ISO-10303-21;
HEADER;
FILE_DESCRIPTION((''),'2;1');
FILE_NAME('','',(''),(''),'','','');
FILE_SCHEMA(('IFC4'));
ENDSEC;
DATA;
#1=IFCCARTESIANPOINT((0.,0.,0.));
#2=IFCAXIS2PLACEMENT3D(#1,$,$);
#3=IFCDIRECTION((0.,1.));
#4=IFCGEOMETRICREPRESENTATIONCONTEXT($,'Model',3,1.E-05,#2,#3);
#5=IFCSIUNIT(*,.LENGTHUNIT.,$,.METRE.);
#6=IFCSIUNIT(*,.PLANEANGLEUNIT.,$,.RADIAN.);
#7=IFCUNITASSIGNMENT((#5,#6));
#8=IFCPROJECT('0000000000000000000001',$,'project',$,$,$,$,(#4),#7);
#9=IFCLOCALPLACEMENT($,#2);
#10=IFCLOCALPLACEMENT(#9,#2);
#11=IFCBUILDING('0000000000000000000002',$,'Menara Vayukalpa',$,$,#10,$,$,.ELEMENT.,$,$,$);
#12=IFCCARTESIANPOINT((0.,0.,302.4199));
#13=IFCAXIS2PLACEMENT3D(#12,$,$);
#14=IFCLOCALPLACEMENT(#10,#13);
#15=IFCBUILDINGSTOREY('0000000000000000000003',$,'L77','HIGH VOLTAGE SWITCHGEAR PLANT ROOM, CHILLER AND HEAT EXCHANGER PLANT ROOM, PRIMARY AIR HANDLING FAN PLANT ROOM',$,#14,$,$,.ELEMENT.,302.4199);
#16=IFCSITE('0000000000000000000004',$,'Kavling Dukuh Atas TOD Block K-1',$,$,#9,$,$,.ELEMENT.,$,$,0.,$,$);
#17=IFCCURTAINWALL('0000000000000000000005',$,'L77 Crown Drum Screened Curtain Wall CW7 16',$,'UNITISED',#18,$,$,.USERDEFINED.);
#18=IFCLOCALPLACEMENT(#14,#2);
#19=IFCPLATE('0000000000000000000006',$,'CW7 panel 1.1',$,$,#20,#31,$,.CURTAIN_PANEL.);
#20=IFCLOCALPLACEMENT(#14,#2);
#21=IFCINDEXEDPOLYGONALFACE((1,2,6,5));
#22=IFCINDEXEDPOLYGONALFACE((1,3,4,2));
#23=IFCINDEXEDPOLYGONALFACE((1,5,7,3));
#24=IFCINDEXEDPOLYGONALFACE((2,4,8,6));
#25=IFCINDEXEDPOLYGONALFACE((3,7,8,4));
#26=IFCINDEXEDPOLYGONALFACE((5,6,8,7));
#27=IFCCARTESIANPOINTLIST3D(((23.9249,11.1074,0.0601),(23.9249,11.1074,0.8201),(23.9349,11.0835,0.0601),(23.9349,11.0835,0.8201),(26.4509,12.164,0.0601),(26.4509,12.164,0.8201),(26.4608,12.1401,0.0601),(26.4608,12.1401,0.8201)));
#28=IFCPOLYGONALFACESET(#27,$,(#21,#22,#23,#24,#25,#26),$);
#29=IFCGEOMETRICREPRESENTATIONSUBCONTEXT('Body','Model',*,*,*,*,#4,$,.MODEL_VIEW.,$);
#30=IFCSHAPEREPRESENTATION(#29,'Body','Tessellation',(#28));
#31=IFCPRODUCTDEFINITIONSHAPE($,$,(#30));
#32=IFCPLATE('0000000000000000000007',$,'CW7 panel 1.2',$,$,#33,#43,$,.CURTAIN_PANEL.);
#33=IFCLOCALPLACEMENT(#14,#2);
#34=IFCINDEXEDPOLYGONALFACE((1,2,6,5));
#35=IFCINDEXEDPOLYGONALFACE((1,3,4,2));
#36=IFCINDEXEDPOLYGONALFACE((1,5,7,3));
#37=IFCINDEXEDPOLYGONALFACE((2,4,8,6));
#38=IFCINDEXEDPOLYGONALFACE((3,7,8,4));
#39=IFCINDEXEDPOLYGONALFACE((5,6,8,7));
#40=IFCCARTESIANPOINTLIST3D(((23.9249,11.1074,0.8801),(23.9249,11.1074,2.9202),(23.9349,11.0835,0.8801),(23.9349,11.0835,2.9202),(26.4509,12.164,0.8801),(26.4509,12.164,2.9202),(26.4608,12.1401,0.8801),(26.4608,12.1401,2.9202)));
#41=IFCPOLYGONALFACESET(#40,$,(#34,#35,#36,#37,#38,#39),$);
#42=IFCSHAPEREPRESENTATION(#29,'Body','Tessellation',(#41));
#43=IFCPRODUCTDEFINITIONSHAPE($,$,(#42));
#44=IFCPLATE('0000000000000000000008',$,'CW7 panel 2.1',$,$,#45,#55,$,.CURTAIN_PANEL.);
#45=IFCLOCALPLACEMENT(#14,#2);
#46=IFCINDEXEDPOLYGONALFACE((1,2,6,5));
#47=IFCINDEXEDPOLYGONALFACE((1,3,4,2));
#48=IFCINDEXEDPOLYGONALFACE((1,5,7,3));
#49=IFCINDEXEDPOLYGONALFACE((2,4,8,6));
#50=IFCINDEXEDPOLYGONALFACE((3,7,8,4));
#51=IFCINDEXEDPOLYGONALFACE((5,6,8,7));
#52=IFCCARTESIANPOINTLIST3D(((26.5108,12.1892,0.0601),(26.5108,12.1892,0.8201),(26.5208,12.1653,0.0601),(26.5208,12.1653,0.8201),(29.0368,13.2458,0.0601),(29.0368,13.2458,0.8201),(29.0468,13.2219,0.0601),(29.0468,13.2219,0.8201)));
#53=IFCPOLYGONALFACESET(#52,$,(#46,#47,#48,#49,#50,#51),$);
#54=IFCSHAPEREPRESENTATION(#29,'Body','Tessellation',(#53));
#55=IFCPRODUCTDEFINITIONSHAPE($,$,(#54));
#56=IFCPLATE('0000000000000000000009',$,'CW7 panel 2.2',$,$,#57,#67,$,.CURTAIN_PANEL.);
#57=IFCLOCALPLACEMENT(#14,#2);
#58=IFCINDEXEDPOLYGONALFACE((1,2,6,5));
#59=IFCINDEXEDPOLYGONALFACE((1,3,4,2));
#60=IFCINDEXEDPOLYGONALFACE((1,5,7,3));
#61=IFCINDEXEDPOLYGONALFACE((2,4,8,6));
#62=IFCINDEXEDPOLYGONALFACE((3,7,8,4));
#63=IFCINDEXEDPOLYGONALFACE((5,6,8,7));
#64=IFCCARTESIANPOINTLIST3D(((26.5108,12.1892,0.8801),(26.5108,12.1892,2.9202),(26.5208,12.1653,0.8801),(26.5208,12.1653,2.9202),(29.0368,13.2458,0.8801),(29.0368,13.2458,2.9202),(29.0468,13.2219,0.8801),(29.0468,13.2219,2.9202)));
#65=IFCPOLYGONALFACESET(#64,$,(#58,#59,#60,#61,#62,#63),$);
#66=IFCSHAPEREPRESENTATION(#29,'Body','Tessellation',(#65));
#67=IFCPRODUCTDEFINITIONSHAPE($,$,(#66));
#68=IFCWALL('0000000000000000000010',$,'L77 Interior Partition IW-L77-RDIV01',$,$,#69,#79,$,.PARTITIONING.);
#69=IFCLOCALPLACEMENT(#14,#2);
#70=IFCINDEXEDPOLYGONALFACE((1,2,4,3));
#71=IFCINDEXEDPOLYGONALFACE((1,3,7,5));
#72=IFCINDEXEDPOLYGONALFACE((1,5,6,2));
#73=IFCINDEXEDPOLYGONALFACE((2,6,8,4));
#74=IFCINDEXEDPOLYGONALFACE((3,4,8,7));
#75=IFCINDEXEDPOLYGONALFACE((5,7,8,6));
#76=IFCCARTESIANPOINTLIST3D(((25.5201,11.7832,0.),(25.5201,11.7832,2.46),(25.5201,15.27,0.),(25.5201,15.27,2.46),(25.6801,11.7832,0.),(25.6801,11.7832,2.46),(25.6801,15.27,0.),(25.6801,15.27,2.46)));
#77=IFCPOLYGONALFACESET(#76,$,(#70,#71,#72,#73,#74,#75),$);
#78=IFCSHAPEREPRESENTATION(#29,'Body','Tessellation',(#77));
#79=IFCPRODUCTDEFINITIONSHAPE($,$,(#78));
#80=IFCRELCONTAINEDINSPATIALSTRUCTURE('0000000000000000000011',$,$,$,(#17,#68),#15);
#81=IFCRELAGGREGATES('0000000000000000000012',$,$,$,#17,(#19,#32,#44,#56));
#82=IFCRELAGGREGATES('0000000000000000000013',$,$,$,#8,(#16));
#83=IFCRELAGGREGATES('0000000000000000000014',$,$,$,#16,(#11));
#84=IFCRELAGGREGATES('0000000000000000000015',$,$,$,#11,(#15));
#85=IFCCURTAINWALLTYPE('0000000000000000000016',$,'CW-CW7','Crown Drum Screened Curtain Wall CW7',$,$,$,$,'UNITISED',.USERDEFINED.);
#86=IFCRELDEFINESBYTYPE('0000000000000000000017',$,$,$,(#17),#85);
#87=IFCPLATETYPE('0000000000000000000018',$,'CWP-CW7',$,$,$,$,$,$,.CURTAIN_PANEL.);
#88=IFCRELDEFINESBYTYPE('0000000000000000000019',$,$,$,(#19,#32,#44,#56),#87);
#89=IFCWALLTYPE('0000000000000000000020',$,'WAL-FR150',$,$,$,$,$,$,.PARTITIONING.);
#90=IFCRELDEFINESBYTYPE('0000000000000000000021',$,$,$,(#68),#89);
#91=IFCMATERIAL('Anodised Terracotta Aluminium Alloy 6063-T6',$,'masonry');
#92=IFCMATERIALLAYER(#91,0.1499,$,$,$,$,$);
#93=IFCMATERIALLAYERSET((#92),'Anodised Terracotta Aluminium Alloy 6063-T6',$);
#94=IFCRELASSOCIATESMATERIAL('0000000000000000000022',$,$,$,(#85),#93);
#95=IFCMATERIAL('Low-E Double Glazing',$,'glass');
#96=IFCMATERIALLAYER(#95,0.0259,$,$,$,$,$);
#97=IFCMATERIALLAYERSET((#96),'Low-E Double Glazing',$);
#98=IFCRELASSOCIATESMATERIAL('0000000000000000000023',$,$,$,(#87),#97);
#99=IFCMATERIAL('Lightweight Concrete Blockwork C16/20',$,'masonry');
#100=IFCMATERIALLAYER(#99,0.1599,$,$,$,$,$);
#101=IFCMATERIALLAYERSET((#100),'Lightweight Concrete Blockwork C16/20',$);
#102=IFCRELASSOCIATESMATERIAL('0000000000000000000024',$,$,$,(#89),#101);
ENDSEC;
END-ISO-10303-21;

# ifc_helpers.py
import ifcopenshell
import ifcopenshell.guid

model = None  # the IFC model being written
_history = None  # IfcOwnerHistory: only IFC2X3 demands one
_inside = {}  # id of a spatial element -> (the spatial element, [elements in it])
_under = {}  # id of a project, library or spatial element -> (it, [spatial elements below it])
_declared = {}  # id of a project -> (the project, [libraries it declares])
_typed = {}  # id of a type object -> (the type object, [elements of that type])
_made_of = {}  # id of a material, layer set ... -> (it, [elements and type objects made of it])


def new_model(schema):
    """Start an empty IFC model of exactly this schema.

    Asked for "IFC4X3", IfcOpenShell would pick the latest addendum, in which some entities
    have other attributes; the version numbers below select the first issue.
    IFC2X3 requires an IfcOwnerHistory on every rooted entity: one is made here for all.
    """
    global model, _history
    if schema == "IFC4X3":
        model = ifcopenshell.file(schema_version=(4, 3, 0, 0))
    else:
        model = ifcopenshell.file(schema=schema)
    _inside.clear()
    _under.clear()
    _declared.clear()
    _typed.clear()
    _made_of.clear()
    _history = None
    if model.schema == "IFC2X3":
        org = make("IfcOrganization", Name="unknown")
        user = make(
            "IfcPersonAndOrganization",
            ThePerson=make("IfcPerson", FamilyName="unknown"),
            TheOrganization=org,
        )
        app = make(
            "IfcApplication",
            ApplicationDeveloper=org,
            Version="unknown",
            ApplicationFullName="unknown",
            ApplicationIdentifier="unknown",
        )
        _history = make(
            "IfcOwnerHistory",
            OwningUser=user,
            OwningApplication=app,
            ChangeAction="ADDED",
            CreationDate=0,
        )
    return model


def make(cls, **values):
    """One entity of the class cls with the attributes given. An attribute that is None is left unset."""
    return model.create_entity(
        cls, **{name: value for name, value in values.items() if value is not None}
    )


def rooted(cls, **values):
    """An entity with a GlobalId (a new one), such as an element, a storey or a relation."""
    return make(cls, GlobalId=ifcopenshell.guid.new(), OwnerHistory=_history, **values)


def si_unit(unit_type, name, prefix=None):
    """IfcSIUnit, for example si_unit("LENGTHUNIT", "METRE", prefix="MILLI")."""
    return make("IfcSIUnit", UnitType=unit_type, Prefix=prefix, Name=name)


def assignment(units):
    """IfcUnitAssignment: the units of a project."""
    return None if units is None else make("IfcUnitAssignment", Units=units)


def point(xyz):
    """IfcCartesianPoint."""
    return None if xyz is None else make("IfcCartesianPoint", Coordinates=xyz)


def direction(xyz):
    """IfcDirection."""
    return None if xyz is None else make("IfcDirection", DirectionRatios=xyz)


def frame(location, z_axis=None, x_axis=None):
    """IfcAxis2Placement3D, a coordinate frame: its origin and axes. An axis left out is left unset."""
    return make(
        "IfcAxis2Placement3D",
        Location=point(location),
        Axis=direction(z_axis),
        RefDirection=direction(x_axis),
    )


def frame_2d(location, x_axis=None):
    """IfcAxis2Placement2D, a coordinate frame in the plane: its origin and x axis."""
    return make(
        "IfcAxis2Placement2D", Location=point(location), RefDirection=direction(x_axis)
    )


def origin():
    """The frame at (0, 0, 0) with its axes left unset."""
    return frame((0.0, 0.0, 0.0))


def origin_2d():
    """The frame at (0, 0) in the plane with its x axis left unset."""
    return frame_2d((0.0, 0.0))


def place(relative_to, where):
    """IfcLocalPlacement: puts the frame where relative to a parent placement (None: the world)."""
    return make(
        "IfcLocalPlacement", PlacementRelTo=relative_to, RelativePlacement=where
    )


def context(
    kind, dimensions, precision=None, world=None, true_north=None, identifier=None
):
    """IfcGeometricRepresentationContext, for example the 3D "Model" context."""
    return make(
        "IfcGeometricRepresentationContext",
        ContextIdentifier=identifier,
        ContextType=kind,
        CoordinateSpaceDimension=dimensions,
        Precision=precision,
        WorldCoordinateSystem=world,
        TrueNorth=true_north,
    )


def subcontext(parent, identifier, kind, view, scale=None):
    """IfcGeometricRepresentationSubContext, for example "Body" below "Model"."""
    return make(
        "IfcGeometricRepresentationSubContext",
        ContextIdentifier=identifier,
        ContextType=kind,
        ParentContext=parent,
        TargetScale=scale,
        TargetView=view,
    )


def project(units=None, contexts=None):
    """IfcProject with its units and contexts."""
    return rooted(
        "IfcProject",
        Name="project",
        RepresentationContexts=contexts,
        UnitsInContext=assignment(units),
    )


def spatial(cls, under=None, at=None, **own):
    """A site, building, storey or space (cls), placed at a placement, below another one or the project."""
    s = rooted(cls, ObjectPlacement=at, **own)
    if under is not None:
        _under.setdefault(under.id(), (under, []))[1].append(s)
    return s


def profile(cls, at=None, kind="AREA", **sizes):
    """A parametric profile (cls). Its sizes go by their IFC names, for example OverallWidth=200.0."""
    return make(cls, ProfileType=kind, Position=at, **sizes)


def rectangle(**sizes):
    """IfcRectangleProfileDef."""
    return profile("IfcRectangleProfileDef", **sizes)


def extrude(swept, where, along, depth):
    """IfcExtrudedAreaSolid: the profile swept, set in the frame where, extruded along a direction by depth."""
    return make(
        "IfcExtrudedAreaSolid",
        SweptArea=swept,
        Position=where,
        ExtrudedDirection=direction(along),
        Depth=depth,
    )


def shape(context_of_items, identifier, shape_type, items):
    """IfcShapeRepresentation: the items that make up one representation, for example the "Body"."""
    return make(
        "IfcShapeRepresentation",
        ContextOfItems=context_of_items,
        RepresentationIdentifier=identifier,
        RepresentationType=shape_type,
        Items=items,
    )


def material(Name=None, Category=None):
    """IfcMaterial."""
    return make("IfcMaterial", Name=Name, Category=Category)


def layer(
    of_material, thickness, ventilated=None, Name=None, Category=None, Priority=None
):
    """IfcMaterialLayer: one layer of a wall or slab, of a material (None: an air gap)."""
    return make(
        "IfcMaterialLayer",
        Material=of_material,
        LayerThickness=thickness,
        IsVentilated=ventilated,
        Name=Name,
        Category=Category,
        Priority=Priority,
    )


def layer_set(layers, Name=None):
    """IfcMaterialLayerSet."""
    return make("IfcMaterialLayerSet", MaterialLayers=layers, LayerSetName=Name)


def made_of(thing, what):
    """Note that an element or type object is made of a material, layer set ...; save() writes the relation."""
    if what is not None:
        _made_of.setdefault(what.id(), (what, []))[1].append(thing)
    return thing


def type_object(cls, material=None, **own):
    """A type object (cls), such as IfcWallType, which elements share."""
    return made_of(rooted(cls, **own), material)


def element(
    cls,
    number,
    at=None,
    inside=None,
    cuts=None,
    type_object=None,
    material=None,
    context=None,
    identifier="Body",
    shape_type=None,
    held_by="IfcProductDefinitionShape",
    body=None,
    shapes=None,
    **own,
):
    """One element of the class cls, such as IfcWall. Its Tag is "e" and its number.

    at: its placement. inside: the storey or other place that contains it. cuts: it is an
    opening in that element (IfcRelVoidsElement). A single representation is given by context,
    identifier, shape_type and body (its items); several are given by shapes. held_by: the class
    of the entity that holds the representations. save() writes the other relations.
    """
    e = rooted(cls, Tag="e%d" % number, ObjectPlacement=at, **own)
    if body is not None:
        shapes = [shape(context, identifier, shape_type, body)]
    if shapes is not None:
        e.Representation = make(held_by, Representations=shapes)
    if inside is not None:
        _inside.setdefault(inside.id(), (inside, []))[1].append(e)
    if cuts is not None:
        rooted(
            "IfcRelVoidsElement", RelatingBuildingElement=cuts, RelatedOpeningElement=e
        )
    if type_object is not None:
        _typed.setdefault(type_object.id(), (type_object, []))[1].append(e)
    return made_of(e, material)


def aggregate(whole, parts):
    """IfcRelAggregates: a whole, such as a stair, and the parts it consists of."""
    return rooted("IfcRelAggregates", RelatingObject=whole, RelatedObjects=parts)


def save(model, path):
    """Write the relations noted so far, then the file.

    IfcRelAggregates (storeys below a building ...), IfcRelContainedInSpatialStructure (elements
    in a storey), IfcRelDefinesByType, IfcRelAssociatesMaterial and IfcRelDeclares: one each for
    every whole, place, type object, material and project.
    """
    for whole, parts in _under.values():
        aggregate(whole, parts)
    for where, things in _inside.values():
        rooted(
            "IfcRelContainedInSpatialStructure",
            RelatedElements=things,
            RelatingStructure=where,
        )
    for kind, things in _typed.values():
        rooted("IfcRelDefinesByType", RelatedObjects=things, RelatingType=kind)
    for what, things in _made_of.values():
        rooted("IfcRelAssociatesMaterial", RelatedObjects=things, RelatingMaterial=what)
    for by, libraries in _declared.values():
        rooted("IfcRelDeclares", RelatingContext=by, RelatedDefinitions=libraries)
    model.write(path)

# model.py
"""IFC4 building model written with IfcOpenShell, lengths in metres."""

from ifc_helpers import new_model, si_unit, direction, frame, frame_2d, origin, origin_2d, place, context, subcontext, project, spatial, rectangle, extrude, material, layer, layer_set, type_object, element, aggregate, save


model = new_model("IFC4")

# Units and contexts
model_context = context("Model", 3, precision=1e-05, world=origin(), true_north=direction((0.0, 1.0)))
body_context = subcontext(model_context, "Body", "Model", "MODEL_VIEW")
ifc_project = project(units=[si_unit("LENGTHUNIT", "METRE"), si_unit("PLANEANGLEUNIT", "RADIAN")], contexts=[model_context])

# Site, building, storey
site_placement = place(None, origin())
site = spatial("IfcSite", under=ifc_project, at=site_placement, Name="Kavling Dukuh Atas TOD Block K-1", CompositionType="ELEMENT", RefElevation=0.0)
building_placement = place(site_placement, origin())
building = spatial("IfcBuilding", under=site, at=building_placement, Name="Menara Vayukalpa", CompositionType="ELEMENT")
storey_placement = place(building_placement, frame((0.0, 0.0, 302.4199)))
storey = spatial("IfcBuildingStorey", under=building, at=storey_placement, Name="L77", Description="HIGH VOLTAGE SWITCHGEAR PLANT ROOM, CHILLER AND HEAT EXCHANGER PLANT ROOM, PRIMARY AIR HANDLING FAN PLANT ROOM", CompositionType="ELEMENT", Elevation=302.4199)

# Curtain wall
ifc_material_1 = material(Name="Anodised Terracotta Aluminium Alloy 6063-T6", Category="masonry")
ifc_layer_1 = layer(ifc_material_1, 0.1499)
ifc_layer_set_1 = layer_set([ifc_layer_1], Name="Anodised Terracotta Aluminium Alloy 6063-T6")
curtain_wall_type = type_object("IfcCurtainWallType", Name="CW-CW7", Description="Crown Drum Screened Curtain Wall CW7", ElementType="UNITISED", PredefinedType="USERDEFINED", material=ifc_layer_set_1)
curtain_wall_1_placement = place(storey_placement, origin())
curtain_wall_1 = element("IfcCurtainWall", 1, at=curtain_wall_1_placement, inside=storey, type_object=curtain_wall_type, Name="L77 Crown Drum Screened Curtain Wall CW7 16", ObjectType="UNITISED", PredefinedType="USERDEFINED")

# Plates
ifc_material_2 = material(Name="Low-E Double Glazing", Category="glass")
ifc_layer_2 = layer(ifc_material_2, 0.0259)
ifc_layer_set_2 = layer_set([ifc_layer_2], Name="Low-E Double Glazing")
plate_type = type_object("IfcPlateType", Name="CWP-CW7", PredefinedType="CURTAIN_PANEL", material=ifc_layer_set_2)
plate_1_placement = place(storey_placement, frame((25.1929, 11.6238, 0.0601), z_axis=(0.0, 0.0, 1.0), x_axis=(0.922541, 0.385898, 0.0)))
plate_1 = element("IfcPlate", 2, at=plate_1_placement, type_object=plate_type, Name="CW7 panel 1.1", PredefinedType="CURTAIN_PANEL", context=body_context, shape_type="SweptSolid", body=[
    extrude(rectangle(XDim=2.738, YDim=0.0259, at=origin_2d()), origin(), (0.0, 0.0, 1.0), 0.76),
])
plate_2_placement = place(storey_placement, frame((25.1929, 11.6238, 0.8801), z_axis=(0.0, 0.0, 1.0), x_axis=(0.922541, 0.385898, 0.0)))
plate_2 = element("IfcPlate", 3, at=plate_2_placement, type_object=plate_type, Name="CW7 panel 1.2", PredefinedType="CURTAIN_PANEL", context=body_context, shape_type="SweptSolid", body=[
    extrude(rectangle(XDim=2.738, YDim=0.0259, at=origin_2d()), origin(), (0.0, 0.0, 1.0), 2.04),
])
plate_3_placement = place(storey_placement, frame((27.7788, 12.7056, 0.0601), z_axis=(0.0, 0.0, 1.0), x_axis=(0.922541, 0.385898, 0.0)))
plate_3 = element("IfcPlate", 4, at=plate_3_placement, type_object=plate_type, Name="CW7 panel 2.1", PredefinedType="CURTAIN_PANEL", context=body_context, shape_type="SweptSolid", body=[
    extrude(rectangle(XDim=2.738, YDim=0.0259, at=origin_2d()), origin(), (0.0, 0.0, 1.0), 0.76),
])
plate_4_placement = place(storey_placement, frame((27.7788, 12.7056, 0.8801), z_axis=(0.0, 0.0, 1.0), x_axis=(0.922541, 0.385898, 0.0)))
plate_4 = element("IfcPlate", 5, at=plate_4_placement, type_object=plate_type, Name="CW7 panel 2.2", PredefinedType="CURTAIN_PANEL", context=body_context, shape_type="SweptSolid", body=[
    extrude(rectangle(XDim=2.738, YDim=0.0259, at=origin_2d()), origin(), (0.0, 0.0, 1.0), 2.04),
])
aggregate(curtain_wall_1, [plate_1, plate_2, plate_3, plate_4])

# Wall
ifc_material_3 = material(Name="Lightweight Concrete Blockwork C16/20", Category="masonry")
ifc_layer_3 = layer(ifc_material_3, 0.1599)
ifc_layer_set_3 = layer_set([ifc_layer_3], Name="Lightweight Concrete Blockwork C16/20")
wall_type = type_object("IfcWallType", Name="WAL-FR150", PredefinedType="PARTITIONING", material=ifc_layer_set_3)
wall_placement = place(storey_placement, frame((25.6001, 11.7832, 0.0), z_axis=(0.0, 0.0, 1.0), x_axis=(0.0, 1.0, 0.0)))
element("IfcWall", 6, at=wall_placement, inside=storey, type_object=wall_type, Name="L77 Interior Partition IW-L77-RDIV01", PredefinedType="PARTITIONING", context=body_context, shape_type="SweptSolid", body=[
    extrude(rectangle(XDim=3.4868, YDim=0.1599, at=frame_2d((1.7434, 0.0))), origin(), (0.0, 0.0, 1.0), 2.46),
])

save(model, "model.ifc")
